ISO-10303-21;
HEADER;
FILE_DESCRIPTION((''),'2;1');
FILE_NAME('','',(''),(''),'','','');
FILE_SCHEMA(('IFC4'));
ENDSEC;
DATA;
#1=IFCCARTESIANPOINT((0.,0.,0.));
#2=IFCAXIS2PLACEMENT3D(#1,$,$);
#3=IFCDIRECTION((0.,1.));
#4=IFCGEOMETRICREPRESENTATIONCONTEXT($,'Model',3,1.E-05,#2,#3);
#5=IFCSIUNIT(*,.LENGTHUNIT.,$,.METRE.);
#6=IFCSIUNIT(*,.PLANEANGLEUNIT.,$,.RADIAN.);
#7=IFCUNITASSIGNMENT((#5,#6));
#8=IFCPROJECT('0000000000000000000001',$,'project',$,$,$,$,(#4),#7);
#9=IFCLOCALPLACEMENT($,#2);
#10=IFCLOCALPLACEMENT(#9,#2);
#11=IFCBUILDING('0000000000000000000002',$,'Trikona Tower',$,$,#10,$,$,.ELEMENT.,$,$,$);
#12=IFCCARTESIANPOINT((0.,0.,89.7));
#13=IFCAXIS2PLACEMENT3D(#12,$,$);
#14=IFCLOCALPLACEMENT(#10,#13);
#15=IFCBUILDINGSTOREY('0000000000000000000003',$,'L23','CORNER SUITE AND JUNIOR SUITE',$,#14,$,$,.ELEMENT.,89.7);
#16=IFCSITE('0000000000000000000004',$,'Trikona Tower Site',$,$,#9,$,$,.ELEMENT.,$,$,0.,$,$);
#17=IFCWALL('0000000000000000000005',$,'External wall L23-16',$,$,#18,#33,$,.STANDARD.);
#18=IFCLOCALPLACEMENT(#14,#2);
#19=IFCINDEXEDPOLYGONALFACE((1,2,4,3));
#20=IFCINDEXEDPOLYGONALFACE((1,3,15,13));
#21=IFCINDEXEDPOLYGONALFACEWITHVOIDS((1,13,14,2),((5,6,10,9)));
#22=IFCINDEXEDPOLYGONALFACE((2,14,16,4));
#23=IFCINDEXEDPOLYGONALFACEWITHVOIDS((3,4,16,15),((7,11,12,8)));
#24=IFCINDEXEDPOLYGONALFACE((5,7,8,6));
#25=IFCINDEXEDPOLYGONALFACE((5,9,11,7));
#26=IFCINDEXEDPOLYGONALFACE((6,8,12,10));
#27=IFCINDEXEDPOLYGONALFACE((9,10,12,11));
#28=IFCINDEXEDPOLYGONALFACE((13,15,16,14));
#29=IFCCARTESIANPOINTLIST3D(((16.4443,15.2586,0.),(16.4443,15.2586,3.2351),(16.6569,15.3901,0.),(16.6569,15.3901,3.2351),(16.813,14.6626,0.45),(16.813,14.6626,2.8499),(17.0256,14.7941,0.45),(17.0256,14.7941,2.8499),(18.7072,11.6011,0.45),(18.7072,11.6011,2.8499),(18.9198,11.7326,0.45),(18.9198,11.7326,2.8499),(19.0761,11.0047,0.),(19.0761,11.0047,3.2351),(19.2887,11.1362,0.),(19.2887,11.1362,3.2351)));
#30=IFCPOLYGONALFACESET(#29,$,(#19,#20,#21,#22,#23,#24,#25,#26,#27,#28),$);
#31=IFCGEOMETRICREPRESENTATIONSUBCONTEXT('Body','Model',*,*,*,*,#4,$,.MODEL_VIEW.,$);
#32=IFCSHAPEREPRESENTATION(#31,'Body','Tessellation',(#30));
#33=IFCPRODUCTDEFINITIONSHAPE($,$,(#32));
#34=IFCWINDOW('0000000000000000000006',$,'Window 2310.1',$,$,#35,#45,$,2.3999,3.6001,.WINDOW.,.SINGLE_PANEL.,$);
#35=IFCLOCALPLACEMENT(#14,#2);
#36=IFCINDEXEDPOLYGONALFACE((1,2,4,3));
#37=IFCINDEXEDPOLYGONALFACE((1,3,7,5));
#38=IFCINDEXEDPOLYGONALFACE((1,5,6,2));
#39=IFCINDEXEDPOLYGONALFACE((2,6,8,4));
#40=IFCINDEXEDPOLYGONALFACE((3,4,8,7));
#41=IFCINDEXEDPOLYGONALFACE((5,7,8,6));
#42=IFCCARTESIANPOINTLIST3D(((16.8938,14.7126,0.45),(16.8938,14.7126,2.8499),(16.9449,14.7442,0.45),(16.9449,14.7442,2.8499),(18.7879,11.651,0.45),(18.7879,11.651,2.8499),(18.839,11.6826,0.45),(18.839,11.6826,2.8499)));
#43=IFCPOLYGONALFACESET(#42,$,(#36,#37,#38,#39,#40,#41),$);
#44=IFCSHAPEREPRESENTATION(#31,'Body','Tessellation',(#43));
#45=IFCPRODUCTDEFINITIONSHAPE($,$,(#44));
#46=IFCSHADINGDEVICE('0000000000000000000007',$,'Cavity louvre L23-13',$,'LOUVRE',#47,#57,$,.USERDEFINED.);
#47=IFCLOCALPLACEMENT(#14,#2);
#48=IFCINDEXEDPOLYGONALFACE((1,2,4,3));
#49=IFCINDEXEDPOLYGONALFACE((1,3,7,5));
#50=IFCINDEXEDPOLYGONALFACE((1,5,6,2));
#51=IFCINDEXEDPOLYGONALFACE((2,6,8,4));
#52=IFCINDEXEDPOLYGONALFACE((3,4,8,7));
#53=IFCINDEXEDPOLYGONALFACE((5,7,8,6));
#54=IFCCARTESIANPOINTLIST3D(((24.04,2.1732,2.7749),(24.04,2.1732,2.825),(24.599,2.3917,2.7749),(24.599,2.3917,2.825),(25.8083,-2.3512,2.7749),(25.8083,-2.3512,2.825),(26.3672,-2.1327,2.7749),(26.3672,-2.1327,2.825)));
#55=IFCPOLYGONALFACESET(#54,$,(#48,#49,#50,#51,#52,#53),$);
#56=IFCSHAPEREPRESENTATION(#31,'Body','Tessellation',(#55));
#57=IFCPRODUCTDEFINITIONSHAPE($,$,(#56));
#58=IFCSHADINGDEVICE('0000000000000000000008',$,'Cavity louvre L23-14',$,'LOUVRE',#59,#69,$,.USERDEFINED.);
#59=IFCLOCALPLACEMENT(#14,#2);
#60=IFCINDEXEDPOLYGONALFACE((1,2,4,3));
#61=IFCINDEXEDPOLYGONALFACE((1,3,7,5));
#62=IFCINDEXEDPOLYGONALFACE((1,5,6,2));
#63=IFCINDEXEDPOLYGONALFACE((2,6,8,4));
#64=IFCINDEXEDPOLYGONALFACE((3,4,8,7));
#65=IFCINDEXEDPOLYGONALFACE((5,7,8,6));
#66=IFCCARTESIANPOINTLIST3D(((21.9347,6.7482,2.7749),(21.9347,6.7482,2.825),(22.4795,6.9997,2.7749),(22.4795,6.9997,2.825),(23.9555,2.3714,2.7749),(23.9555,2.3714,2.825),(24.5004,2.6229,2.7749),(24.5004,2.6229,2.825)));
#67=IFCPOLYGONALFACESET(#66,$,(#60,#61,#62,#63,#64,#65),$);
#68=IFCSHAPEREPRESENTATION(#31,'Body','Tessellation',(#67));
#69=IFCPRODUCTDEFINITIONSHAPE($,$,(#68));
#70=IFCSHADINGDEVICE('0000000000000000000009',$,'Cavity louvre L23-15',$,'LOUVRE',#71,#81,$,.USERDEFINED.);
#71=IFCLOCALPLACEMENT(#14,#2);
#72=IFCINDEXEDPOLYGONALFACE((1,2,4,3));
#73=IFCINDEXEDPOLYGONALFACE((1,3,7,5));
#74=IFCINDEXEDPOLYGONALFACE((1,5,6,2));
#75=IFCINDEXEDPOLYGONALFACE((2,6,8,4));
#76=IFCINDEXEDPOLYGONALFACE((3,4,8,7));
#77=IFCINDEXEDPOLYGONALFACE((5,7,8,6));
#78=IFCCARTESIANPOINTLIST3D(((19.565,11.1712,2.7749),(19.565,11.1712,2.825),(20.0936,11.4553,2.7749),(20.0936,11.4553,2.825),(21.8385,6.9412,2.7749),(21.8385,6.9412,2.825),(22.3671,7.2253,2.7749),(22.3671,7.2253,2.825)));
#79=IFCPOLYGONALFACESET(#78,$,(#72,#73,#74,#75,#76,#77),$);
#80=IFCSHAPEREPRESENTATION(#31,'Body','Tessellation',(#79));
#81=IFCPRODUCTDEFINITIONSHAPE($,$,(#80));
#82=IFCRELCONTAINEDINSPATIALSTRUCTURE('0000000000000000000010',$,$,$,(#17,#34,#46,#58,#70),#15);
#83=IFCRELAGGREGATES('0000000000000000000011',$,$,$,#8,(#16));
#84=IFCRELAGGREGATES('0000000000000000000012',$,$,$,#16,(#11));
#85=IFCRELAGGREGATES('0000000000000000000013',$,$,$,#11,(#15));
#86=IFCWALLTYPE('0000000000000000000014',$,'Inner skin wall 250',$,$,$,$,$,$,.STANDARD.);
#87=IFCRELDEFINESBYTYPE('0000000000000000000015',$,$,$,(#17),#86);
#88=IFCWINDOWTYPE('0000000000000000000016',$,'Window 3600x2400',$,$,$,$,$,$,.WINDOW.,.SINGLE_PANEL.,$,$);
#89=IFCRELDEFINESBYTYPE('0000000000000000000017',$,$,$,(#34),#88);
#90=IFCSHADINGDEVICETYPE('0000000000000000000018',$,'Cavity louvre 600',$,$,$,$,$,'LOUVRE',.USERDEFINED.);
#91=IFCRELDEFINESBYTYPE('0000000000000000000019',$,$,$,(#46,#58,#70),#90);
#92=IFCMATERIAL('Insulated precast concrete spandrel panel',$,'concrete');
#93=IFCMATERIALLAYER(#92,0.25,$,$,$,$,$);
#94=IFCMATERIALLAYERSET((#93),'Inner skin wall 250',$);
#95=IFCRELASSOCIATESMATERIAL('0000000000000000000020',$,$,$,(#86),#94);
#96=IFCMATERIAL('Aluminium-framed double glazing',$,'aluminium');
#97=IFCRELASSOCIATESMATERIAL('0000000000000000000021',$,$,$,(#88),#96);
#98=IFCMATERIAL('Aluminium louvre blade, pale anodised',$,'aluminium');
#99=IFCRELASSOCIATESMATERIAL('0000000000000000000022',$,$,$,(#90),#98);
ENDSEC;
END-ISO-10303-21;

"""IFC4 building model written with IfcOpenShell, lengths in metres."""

from ifc_helpers import new_model, si_unit, direction, frame, frame_2d, origin, origin_2d, place, context, subcontext, project, spatial, rectangle, extrude, material, layer, layer_set, type_object, element, fill, save


model = new_model("IFC4")

# Units and contexts
model_context = context("Model", 3, precision=1e-05, world=origin(), true_north=direction((0.0, 1.0)))
body_context = subcontext(model_context, "Body", "Model", "MODEL_VIEW")
ifc_project = project(units=[si_unit("LENGTHUNIT", "METRE"), si_unit("PLANEANGLEUNIT", "RADIAN")], contexts=[model_context])

# Site, building, storey
site_placement = place(None, origin())
site = spatial("IfcSite", under=ifc_project, at=site_placement, Name="Trikona Tower Site", CompositionType="ELEMENT", RefElevation=0.0)
building_placement = place(site_placement, origin())
building = spatial("IfcBuilding", under=site, at=building_placement, Name="Trikona Tower", CompositionType="ELEMENT")
storey_placement = place(building_placement, frame((0.0, 0.0, 89.7)))
storey = spatial("IfcBuildingStorey", under=building, at=storey_placement, Name="L23", Description="CORNER SUITE AND JUNIOR SUITE", CompositionType="ELEMENT", Elevation=89.7)

# Wall, opening, window
ifc_material_1 = material(Name="Insulated precast concrete spandrel panel", Category="concrete")
ifc_layer_1 = layer(ifc_material_1, 0.25)
ifc_layer_set_1 = layer_set([ifc_layer_1], Name="Inner skin wall 250")
wall_type_1 = type_object("IfcWallType", Name="Inner skin wall 250", PredefinedType="STANDARD", material=ifc_layer_set_1)
ifc_material_2 = material(Name="Aluminium-framed double glazing", Category="aluminium")
window_type = type_object("IfcWindowType", Name="Window 3600x2400", PartitioningType="SINGLE_PANEL", PredefinedType="WINDOW", material=ifc_material_2)
wall_1_placement = place(storey_placement, frame((19.1824, 11.0706, 0.0), z_axis=(0.0, 0.0, 1.0), x_axis=(-0.526133, 0.850402, 0.0)))
wall_1 = element("IfcWall", 1, at=wall_1_placement, inside=storey, type_object=wall_type_1, Name="External wall L23-16", PredefinedType="STANDARD", context=body_context, shape_type="SweptSolid", body=[
    extrude(rectangle(XDim=5.0022, YDim=0.25, at=frame_2d((2.501, 0.0))), origin(), (0.0, 0.0, 1.0), 3.2351),
])
opening_1_placement = place(wall_1_placement, frame((0.7012, 0.0, 0.45)))
opening_1 = element("IfcOpeningElement", 2, at=opening_1_placement, cuts=wall_1, PredefinedType="OPENING", context=body_context, shape_type="SweptSolid", body=[
    extrude(rectangle(XDim=3.6001, YDim=2.3999, at=frame_2d((1.8, 1.2))), frame((0.0, 0.135, 0.0), z_axis=(0.0, -1.0, 0.0), x_axis=(1.0, 0.0, 0.0)), (0.0, 0.0, 1.0), 0.27),
])
window_1_placement = place(opening_1_placement, origin())
window_1 = element("IfcWindow", 3, at=window_1_placement, inside=storey, type_object=window_type, Name="Window 2310.1", OverallHeight=2.3999, OverallWidth=3.6001, PartitioningType="SINGLE_PANEL", PredefinedType="WINDOW", context=body_context, shape_type="SweptSolid", body=[
    extrude(rectangle(XDim=3.6001, YDim=2.3999, at=frame_2d((1.8, 1.2))), frame((0.0, 0.03, 0.0), z_axis=(0.0, -1.0, 0.0), x_axis=(1.0, 0.0, 0.0)), (0.0, 0.0, 1.0), 0.0601),
])
fill(opening_1, window_1)

# Shading devices
ifc_material_3 = material(Name="Aluminium louvre blade, pale anodised", Category="aluminium")
shading_device_type = type_object("IfcShadingDeviceType", Name="Cavity louvre 600", ElementType="LOUVRE", PredefinedType="USERDEFINED", material=ifc_material_3)
shading_device_1_placement = place(storey_placement, frame((25.2036, 0.0203, 2.7749), z_axis=(0.0, 0.0, 1.0), x_axis=(-0.364009, 0.931395, 0.0)))
element("IfcShadingDevice", 4, at=shading_device_1_placement, inside=storey, type_object=shading_device_type, Name="Cavity louvre L23-13", ObjectType="LOUVRE", PredefinedType="USERDEFINED", context=body_context, shape_type="SweptSolid", body=[
    extrude(rectangle(XDim=4.8577, YDim=0.6001, at=origin_2d()), origin(), (0.0, 0.0, 1.0), 0.05),
])
shading_device_2_placement = place(storey_placement, frame((23.2175, 4.6855, 2.7749), z_axis=(0.0, 0.0, 1.0), x_axis=(-0.419194, 0.907897, 0.0)))
element("IfcShadingDevice", 5, at=shading_device_2_placement, inside=storey, type_object=shading_device_type, Name="Cavity louvre L23-14", ObjectType="LOUVRE", PredefinedType="USERDEFINED", context=body_context, shape_type="SweptSolid", body=[
    extrude(rectangle(XDim=4.8208, YDim=0.6001, at=origin_2d()), origin(), (0.0, 0.0, 1.0), 0.05),
])
shading_device_3_placement = place(storey_placement, frame((20.9661, 9.1982, 2.7749), z_axis=(0.0, 0.0, 1.0), x_axis=(-0.473423, 0.880835, 0.0)))
element("IfcShadingDevice", 6, at=shading_device_3_placement, inside=storey, type_object=shading_device_type, Name="Cavity louvre L23-15", ObjectType="LOUVRE", PredefinedType="USERDEFINED", context=body_context, shape_type="SweptSolid", body=[
    extrude(rectangle(XDim=4.8022, YDim=0.6001, at=origin_2d()), origin(), (0.0, 0.0, 1.0), 0.05),
])

save(model, "model.ifc")
